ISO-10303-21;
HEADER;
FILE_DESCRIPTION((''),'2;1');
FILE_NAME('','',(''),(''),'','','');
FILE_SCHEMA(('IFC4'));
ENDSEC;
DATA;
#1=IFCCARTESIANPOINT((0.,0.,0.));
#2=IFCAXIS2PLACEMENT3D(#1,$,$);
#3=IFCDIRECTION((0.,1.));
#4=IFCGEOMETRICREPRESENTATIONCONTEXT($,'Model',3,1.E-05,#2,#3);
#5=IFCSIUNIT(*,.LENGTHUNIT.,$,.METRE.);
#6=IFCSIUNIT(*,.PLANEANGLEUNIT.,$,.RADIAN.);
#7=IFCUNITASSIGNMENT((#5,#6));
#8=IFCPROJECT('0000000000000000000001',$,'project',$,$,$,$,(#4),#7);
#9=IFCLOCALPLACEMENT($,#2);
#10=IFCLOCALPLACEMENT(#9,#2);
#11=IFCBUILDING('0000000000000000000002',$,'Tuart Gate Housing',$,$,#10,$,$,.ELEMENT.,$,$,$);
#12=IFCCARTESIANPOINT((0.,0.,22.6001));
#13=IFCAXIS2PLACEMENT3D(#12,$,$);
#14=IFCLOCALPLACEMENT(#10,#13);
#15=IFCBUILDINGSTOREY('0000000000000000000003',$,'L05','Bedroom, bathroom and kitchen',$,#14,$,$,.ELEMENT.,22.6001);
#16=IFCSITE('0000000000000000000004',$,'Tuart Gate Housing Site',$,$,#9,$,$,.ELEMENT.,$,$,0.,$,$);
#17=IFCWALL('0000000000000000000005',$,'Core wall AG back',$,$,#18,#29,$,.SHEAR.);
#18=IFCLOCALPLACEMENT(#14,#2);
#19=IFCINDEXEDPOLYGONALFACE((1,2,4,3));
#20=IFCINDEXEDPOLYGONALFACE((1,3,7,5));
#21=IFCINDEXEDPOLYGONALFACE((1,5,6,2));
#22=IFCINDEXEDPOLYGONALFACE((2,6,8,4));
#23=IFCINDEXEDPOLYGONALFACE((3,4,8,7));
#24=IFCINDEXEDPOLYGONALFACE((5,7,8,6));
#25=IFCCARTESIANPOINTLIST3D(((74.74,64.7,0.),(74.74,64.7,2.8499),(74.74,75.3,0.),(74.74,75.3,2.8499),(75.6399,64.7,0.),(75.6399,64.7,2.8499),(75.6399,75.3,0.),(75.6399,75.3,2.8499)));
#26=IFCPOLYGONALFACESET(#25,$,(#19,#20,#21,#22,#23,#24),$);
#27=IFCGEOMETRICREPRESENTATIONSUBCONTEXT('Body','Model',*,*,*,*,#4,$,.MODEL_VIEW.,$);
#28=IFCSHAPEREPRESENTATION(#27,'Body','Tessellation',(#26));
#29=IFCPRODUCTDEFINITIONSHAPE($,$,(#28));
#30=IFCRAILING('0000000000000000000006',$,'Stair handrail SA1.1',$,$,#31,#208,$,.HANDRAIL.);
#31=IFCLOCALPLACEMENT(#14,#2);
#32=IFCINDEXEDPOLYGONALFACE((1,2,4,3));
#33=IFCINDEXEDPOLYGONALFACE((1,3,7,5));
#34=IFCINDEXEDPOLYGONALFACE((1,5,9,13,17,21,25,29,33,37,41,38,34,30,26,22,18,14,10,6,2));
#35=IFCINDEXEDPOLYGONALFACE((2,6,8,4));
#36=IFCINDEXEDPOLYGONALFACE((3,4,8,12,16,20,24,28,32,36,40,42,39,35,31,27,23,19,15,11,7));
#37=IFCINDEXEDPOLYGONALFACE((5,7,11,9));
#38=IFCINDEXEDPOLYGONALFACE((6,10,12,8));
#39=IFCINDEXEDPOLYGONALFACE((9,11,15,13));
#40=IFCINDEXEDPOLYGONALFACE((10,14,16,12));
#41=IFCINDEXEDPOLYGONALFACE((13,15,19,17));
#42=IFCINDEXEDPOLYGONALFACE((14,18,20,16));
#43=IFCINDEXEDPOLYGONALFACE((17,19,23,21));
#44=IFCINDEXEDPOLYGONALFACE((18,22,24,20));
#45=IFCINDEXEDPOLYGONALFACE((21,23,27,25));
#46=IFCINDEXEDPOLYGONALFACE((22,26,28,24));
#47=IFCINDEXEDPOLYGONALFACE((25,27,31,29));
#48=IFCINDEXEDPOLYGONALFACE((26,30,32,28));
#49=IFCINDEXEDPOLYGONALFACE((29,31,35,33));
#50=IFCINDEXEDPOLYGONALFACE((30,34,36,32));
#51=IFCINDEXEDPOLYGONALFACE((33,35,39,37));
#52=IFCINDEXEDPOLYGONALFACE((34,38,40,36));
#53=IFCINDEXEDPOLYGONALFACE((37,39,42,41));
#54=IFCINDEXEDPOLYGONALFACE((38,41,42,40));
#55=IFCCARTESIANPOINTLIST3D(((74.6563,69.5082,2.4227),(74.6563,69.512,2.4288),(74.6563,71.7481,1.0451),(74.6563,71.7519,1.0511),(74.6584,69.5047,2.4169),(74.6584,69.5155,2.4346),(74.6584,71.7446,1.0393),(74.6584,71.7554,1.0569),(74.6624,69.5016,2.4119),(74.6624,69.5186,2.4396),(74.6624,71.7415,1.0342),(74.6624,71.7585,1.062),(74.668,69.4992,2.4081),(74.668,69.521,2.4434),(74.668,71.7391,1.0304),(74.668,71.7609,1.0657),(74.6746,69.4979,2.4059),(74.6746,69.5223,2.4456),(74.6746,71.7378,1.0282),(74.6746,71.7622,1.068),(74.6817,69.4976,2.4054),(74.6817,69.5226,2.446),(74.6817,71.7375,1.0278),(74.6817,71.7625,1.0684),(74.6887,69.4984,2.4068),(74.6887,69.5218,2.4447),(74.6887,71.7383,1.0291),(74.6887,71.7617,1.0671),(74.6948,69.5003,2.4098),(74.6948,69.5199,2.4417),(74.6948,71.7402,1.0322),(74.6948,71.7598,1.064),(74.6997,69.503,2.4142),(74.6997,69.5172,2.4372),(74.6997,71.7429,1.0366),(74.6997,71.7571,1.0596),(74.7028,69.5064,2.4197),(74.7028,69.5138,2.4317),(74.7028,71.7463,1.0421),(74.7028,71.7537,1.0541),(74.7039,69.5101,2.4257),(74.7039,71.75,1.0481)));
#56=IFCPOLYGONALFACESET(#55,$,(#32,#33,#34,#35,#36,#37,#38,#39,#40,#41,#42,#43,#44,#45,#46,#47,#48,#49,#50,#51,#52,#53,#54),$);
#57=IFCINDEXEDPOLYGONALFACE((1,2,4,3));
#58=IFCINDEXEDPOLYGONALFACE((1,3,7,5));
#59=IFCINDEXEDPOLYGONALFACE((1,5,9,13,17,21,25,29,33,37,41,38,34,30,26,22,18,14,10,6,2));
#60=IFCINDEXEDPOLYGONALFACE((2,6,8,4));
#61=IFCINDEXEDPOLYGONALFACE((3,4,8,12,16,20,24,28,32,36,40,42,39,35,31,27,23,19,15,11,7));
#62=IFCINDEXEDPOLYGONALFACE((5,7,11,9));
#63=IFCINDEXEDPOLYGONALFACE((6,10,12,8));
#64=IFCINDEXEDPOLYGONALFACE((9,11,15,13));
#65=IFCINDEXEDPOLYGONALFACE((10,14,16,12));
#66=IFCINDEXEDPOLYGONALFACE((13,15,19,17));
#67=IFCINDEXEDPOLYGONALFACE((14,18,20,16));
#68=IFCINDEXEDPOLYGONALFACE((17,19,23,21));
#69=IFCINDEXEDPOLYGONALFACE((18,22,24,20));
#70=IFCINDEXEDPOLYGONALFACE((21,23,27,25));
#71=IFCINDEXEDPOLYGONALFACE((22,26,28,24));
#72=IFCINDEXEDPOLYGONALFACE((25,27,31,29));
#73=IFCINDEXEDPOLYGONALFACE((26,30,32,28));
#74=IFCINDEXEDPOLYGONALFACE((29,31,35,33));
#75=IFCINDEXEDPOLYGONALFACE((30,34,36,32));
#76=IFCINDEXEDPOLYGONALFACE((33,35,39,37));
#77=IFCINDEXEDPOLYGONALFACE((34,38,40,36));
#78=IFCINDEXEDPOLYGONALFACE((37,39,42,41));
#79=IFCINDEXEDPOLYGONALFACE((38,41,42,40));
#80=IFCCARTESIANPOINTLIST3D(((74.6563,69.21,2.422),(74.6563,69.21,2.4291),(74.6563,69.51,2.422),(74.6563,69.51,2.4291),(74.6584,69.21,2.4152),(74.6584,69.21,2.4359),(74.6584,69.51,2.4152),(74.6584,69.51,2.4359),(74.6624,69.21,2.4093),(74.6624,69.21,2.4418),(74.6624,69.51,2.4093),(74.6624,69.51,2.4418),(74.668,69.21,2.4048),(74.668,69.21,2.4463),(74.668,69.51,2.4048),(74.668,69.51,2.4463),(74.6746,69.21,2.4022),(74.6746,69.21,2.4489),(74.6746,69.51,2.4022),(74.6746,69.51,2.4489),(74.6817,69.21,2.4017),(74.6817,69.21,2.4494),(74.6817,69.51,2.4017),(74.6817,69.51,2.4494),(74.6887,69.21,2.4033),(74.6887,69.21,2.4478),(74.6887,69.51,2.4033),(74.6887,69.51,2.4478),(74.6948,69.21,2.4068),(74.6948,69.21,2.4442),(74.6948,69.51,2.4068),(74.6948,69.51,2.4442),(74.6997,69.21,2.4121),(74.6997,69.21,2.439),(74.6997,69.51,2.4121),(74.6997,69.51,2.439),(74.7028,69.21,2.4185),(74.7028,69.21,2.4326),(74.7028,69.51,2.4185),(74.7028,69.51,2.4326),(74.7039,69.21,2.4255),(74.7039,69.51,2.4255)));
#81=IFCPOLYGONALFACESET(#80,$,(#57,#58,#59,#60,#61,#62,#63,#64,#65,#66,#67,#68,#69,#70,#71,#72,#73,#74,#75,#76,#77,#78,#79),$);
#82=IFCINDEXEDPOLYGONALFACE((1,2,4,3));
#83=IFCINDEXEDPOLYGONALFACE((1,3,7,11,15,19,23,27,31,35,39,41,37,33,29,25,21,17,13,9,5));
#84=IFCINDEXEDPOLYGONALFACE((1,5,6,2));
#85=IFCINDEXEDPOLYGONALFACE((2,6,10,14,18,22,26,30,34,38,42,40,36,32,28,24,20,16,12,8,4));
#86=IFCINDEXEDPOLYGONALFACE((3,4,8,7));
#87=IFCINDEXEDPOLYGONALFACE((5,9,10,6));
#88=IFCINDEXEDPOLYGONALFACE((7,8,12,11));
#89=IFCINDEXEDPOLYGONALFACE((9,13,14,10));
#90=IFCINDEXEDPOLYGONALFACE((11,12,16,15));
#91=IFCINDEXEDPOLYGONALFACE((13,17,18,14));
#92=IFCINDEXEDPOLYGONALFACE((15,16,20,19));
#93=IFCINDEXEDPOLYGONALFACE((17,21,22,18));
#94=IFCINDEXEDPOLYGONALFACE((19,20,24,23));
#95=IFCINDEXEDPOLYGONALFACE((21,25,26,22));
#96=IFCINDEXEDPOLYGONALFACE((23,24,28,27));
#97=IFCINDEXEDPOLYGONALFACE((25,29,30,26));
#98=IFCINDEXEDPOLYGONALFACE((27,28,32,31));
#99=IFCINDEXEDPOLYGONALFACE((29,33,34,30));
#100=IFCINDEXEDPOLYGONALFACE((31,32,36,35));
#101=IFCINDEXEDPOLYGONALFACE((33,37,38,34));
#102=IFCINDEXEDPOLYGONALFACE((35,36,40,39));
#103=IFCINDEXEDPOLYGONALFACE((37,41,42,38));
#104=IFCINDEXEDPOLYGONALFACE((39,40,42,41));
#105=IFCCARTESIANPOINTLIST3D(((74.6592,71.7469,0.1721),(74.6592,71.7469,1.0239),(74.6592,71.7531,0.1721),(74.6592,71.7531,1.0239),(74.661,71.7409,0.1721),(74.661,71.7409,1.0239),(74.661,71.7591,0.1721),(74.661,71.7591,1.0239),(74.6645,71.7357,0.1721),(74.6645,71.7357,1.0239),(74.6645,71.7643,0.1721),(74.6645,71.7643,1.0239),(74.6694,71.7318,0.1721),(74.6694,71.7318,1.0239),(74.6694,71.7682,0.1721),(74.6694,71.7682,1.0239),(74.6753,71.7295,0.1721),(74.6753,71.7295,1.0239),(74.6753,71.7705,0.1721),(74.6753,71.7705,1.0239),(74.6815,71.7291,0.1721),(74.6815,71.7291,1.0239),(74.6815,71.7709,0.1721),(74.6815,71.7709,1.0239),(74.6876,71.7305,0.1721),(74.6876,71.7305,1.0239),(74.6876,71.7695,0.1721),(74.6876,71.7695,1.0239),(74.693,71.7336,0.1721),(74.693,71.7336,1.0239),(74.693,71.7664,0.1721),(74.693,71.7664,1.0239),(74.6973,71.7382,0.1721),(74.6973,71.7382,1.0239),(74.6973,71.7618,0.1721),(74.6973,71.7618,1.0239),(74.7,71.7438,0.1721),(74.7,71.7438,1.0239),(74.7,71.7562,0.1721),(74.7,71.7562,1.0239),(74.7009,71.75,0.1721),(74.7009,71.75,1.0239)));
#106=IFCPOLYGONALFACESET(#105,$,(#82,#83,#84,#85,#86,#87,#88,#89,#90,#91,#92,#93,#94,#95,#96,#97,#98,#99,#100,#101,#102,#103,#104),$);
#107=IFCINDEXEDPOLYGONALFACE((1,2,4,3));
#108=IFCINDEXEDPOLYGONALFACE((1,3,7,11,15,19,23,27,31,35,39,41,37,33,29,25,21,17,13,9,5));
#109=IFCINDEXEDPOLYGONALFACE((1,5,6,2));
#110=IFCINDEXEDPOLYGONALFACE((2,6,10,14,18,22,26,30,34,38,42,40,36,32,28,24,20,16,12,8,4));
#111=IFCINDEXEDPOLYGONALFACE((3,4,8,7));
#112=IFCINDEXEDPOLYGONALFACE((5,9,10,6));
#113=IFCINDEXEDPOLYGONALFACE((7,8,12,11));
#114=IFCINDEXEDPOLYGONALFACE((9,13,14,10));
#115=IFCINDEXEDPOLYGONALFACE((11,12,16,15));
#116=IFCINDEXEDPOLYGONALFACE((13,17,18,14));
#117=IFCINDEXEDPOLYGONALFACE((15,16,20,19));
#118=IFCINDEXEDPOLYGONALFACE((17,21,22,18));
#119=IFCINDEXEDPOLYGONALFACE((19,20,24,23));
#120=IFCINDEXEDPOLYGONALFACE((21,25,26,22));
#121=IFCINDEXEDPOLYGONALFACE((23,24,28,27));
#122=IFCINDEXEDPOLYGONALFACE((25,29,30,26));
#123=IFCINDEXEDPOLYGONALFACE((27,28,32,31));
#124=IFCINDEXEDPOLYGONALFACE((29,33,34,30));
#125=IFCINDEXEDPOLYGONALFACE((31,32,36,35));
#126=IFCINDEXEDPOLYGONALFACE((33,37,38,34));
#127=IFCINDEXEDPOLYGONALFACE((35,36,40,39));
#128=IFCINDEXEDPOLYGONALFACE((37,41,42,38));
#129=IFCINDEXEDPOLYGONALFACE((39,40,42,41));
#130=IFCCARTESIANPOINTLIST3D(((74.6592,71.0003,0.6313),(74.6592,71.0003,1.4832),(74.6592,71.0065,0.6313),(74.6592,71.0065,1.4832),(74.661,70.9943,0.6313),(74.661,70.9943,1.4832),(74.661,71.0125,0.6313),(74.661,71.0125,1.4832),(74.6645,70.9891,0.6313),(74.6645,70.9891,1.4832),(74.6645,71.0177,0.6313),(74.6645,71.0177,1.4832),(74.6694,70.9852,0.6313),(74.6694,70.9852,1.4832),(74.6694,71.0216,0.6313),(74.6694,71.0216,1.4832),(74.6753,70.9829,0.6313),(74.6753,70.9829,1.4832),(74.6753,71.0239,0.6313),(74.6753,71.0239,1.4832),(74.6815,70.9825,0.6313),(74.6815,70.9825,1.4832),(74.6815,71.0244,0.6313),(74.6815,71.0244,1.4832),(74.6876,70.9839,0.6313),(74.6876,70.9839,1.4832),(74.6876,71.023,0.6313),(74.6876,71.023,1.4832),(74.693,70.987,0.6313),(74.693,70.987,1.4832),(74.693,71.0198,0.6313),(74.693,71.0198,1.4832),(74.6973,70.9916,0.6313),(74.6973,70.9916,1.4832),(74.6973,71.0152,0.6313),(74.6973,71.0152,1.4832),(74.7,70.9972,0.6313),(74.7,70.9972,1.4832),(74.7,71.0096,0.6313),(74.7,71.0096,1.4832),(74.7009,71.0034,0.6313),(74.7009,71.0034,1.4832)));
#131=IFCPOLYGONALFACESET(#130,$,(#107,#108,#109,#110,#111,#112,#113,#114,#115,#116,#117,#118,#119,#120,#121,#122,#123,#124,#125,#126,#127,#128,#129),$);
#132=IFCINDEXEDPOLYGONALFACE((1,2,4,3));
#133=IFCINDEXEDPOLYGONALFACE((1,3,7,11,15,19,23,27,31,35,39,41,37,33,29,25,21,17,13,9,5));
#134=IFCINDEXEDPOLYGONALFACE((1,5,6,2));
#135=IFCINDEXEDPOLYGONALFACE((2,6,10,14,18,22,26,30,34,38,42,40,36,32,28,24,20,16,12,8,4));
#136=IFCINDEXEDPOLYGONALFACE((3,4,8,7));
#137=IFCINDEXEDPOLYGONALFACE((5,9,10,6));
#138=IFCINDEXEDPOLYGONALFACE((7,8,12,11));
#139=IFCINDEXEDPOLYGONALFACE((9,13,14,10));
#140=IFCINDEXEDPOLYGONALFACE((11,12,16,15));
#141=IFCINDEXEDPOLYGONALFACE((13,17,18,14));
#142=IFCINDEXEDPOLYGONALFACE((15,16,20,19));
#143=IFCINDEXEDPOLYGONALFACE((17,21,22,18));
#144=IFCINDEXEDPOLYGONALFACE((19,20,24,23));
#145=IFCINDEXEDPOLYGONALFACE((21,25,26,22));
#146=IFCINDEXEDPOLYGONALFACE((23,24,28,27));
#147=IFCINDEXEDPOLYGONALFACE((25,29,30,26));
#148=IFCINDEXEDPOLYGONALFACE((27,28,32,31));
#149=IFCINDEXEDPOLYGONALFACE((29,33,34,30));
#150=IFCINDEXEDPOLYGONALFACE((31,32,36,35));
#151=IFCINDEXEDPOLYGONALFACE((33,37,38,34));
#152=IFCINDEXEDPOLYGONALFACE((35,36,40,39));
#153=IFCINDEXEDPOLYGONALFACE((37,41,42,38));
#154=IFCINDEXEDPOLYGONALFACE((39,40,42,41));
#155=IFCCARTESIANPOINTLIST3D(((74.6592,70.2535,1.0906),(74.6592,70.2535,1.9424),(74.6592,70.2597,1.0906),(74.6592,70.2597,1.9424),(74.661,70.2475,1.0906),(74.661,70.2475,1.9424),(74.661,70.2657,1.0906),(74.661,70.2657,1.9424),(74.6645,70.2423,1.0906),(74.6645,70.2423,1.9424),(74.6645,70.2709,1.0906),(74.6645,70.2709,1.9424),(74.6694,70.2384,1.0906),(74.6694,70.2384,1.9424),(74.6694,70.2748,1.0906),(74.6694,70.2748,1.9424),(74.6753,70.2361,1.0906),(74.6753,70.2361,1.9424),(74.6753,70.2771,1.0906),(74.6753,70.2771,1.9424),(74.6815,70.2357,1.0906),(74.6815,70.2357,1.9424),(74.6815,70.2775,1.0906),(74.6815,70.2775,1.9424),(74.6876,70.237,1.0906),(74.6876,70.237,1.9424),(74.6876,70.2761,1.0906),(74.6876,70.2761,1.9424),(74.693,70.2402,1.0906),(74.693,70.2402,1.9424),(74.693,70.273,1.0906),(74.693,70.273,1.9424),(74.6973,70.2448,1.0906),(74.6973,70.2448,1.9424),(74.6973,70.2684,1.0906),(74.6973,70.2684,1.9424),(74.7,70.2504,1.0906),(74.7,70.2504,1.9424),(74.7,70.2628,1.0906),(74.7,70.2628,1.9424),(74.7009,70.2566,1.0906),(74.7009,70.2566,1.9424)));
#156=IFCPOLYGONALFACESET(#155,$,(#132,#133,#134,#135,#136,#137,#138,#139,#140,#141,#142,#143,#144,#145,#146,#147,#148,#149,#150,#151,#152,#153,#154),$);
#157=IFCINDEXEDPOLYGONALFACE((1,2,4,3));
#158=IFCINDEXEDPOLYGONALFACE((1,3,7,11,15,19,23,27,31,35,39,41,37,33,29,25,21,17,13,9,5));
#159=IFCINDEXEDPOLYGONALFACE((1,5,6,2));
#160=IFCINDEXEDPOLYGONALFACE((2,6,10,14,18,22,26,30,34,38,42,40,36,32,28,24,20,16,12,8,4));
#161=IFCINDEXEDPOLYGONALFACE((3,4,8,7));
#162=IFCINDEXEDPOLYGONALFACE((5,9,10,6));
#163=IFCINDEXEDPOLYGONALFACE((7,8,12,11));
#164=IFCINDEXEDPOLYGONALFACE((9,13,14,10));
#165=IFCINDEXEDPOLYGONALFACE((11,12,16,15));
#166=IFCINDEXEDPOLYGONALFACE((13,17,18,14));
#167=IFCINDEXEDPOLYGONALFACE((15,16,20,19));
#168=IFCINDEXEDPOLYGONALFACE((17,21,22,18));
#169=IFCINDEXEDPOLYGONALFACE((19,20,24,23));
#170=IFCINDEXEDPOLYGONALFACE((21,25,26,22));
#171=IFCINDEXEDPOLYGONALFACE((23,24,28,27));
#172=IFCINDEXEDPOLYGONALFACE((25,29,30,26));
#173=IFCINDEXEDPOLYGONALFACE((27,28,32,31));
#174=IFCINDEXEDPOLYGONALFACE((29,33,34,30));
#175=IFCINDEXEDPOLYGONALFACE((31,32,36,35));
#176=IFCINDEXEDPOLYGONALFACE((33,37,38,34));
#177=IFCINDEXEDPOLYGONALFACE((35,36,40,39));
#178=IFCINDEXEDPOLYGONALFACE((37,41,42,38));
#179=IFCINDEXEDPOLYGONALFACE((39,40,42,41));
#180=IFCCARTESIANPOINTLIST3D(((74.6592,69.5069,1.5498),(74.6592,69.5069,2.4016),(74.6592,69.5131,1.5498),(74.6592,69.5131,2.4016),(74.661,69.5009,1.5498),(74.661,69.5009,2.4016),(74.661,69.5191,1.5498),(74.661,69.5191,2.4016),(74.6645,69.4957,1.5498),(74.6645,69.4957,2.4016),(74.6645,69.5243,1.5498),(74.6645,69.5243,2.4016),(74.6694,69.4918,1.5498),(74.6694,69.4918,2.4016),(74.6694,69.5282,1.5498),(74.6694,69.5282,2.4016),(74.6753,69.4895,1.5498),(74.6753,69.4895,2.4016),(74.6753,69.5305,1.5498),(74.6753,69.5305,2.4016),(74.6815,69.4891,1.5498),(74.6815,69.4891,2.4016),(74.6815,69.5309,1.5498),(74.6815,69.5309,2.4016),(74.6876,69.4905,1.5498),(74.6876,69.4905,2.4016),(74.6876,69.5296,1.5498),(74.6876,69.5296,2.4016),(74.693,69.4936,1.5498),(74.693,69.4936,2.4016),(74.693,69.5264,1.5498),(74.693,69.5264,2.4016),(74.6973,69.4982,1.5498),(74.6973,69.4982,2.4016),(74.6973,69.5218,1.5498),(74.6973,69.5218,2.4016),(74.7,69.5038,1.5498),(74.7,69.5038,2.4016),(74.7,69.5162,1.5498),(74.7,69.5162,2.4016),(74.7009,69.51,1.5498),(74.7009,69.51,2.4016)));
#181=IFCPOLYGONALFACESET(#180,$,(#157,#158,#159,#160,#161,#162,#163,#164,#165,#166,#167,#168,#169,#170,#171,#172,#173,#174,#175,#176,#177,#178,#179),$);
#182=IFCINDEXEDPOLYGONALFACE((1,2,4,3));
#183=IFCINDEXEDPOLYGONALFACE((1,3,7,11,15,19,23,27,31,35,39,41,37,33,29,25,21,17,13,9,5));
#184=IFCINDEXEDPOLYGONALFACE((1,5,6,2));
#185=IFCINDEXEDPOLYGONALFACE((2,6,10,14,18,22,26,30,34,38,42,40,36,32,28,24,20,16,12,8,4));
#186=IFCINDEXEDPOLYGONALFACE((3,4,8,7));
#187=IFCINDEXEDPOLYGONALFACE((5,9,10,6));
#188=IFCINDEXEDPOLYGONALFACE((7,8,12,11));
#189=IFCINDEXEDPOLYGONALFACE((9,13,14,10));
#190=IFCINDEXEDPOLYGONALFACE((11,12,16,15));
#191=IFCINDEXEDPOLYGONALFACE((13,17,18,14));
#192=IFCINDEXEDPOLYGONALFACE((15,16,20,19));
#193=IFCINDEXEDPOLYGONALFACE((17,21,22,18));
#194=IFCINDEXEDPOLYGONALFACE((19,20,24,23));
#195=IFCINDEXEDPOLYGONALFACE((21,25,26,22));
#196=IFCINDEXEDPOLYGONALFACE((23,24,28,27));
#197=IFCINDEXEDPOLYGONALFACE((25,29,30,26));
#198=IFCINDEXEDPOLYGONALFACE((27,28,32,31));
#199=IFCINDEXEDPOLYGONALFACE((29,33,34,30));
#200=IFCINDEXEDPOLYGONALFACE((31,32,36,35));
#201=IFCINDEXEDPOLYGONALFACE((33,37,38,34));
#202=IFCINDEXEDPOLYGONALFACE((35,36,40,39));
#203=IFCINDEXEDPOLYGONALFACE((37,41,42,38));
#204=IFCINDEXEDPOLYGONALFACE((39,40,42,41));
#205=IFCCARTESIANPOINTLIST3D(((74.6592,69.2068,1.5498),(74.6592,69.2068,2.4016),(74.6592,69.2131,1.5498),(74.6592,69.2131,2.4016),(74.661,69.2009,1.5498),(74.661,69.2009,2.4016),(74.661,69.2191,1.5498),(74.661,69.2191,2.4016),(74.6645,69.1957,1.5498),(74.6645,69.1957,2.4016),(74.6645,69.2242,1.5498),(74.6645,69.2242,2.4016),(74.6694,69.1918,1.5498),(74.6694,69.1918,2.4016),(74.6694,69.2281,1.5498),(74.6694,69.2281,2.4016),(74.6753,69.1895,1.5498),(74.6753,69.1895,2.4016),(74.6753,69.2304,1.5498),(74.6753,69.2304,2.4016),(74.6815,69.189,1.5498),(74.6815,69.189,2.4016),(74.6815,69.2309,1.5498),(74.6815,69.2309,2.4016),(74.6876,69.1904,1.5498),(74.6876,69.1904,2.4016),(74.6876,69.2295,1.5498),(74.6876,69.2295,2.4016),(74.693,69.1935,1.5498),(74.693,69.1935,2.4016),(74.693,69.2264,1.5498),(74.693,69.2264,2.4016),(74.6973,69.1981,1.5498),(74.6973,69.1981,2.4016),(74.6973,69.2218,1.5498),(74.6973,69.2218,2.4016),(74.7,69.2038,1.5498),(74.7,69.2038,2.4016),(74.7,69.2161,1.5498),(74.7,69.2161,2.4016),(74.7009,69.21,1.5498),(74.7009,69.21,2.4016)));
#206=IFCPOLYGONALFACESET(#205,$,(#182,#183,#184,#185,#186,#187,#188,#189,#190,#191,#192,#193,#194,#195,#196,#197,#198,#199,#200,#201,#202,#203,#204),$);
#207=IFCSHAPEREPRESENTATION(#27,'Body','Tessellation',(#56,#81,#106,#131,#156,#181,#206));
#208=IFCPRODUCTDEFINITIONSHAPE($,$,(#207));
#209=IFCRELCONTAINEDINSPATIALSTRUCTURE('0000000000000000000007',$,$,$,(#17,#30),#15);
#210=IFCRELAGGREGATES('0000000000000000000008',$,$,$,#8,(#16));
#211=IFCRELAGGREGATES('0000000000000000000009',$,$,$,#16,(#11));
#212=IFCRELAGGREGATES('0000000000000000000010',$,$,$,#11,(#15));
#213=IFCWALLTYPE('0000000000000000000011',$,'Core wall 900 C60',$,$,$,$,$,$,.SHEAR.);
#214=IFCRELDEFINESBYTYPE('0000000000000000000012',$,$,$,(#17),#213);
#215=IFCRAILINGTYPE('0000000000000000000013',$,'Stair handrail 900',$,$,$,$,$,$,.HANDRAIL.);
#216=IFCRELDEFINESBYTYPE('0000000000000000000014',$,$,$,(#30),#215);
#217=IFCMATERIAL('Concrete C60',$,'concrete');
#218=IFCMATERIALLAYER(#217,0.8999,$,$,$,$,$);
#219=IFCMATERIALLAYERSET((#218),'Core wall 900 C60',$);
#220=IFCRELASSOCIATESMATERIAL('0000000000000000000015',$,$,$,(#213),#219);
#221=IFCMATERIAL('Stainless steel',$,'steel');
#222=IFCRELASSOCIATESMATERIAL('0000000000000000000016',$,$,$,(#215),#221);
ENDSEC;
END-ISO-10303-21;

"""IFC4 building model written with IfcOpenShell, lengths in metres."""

from ifc_helpers import new_model, si_unit, direction, frame, frame_2d, origin, origin_2d, place, context, subcontext, project, spatial, rectangle, circle, extrude, material, layer, layer_set, type_object, element, save


model = new_model("IFC4")

# Units and contexts
model_context = context("Model", 3, precision=1e-05, world=origin(), true_north=direction((0.0, 1.0)))
body_context = subcontext(model_context, "Body", "Model", "MODEL_VIEW")
ifc_project = project(units=[si_unit("LENGTHUNIT", "METRE"), si_unit("PLANEANGLEUNIT", "RADIAN")], contexts=[model_context])

# Site, building, storey
site_placement = place(None, origin())
site = spatial("IfcSite", under=ifc_project, at=site_placement, Name="Tuart Gate Housing Site", CompositionType="ELEMENT", RefElevation=0.0)
building_placement = place(site_placement, origin())
building = spatial("IfcBuilding", under=site, at=building_placement, Name="Tuart Gate Housing", CompositionType="ELEMENT")
storey_placement = place(building_placement, frame((0.0, 0.0, 22.6001)))
storey = spatial("IfcBuildingStorey", under=building, at=storey_placement, Name="L05", Description="Bedroom, bathroom and kitchen", CompositionType="ELEMENT", Elevation=22.6001)

# Wall
ifc_material_1 = material(Name="Concrete C60", Category="concrete")
ifc_layer = layer(ifc_material_1, 0.8999)
ifc_layer_set = layer_set([ifc_layer], Name="Core wall 900 C60")
wall_type = type_object("IfcWallType", Name="Core wall 900 C60", PredefinedType="SHEAR", material=ifc_layer_set)
wall_placement = place(storey_placement, frame((75.1899, 64.7, 0.0), z_axis=(0.0, 0.0, 1.0), x_axis=(0.0, 1.0, 0.0)))
element("IfcWall", 1, at=wall_placement, inside=storey, type_object=wall_type, Name="Core wall AG back", PredefinedType="SHEAR", context=body_context, shape_type="SweptSolid", body=[
    extrude(rectangle(XDim=10.6001, YDim=0.8999, at=frame_2d((5.3, 0.0))), origin(), (0.0, 0.0, 1.0), 2.8499),
])

# Railing
ifc_material_2 = material(Name="Stainless steel", Category="steel")
railing_type = type_object("IfcRailingType", Name="Stair handrail 900", PredefinedType="HANDRAIL", material=ifc_material_2)
railing_placement = place(storey_placement, frame((74.6799, 71.75, 0.1721)))
element("IfcRailing", 2, at=railing_placement, inside=storey, type_object=railing_type, Name="Stair handrail SA1.1", PredefinedType="HANDRAIL", context=body_context, shape_type="SweptSolid", body=[
    extrude(circle(Radius=0.0239, at=origin_2d()), frame((0.0, 0.0, 0.876), z_axis=(0.0, -0.851789, 0.523885), x_axis=(1.0, 0.0, 0.0)), (0.0, 0.0, 1.0), 2.6296),
    extrude(circle(Radius=0.0239, at=origin_2d()), frame((0.0, -2.24, 2.2534), z_axis=(0.0, -1.0, 0.0), x_axis=(1.0, 0.0, 0.0)), (0.0, 0.0, 1.0), 0.3),
    extrude(circle(Radius=0.021, at=origin_2d()), origin(), (0.0, 0.0, 1.0), 0.8518),
    extrude(circle(Radius=0.021, at=origin_2d()), frame((0.0, -0.7466, 0.4592)), (0.0, 0.0, 1.0), 0.8518),
    extrude(circle(Radius=0.021, at=origin_2d()), frame((0.0, -1.4934, 0.9185)), (0.0, 0.0, 1.0), 0.8518),
    extrude(circle(Radius=0.021, at=origin_2d()), frame((0.0, -2.24, 1.3777)), (0.0, 0.0, 1.0), 0.8518),
    extrude(circle(Radius=0.021, at=origin_2d()), frame((0.0, -2.54, 1.3777)), (0.0, 0.0, 1.0), 0.8518),
])

save(model, "model.ifc")
